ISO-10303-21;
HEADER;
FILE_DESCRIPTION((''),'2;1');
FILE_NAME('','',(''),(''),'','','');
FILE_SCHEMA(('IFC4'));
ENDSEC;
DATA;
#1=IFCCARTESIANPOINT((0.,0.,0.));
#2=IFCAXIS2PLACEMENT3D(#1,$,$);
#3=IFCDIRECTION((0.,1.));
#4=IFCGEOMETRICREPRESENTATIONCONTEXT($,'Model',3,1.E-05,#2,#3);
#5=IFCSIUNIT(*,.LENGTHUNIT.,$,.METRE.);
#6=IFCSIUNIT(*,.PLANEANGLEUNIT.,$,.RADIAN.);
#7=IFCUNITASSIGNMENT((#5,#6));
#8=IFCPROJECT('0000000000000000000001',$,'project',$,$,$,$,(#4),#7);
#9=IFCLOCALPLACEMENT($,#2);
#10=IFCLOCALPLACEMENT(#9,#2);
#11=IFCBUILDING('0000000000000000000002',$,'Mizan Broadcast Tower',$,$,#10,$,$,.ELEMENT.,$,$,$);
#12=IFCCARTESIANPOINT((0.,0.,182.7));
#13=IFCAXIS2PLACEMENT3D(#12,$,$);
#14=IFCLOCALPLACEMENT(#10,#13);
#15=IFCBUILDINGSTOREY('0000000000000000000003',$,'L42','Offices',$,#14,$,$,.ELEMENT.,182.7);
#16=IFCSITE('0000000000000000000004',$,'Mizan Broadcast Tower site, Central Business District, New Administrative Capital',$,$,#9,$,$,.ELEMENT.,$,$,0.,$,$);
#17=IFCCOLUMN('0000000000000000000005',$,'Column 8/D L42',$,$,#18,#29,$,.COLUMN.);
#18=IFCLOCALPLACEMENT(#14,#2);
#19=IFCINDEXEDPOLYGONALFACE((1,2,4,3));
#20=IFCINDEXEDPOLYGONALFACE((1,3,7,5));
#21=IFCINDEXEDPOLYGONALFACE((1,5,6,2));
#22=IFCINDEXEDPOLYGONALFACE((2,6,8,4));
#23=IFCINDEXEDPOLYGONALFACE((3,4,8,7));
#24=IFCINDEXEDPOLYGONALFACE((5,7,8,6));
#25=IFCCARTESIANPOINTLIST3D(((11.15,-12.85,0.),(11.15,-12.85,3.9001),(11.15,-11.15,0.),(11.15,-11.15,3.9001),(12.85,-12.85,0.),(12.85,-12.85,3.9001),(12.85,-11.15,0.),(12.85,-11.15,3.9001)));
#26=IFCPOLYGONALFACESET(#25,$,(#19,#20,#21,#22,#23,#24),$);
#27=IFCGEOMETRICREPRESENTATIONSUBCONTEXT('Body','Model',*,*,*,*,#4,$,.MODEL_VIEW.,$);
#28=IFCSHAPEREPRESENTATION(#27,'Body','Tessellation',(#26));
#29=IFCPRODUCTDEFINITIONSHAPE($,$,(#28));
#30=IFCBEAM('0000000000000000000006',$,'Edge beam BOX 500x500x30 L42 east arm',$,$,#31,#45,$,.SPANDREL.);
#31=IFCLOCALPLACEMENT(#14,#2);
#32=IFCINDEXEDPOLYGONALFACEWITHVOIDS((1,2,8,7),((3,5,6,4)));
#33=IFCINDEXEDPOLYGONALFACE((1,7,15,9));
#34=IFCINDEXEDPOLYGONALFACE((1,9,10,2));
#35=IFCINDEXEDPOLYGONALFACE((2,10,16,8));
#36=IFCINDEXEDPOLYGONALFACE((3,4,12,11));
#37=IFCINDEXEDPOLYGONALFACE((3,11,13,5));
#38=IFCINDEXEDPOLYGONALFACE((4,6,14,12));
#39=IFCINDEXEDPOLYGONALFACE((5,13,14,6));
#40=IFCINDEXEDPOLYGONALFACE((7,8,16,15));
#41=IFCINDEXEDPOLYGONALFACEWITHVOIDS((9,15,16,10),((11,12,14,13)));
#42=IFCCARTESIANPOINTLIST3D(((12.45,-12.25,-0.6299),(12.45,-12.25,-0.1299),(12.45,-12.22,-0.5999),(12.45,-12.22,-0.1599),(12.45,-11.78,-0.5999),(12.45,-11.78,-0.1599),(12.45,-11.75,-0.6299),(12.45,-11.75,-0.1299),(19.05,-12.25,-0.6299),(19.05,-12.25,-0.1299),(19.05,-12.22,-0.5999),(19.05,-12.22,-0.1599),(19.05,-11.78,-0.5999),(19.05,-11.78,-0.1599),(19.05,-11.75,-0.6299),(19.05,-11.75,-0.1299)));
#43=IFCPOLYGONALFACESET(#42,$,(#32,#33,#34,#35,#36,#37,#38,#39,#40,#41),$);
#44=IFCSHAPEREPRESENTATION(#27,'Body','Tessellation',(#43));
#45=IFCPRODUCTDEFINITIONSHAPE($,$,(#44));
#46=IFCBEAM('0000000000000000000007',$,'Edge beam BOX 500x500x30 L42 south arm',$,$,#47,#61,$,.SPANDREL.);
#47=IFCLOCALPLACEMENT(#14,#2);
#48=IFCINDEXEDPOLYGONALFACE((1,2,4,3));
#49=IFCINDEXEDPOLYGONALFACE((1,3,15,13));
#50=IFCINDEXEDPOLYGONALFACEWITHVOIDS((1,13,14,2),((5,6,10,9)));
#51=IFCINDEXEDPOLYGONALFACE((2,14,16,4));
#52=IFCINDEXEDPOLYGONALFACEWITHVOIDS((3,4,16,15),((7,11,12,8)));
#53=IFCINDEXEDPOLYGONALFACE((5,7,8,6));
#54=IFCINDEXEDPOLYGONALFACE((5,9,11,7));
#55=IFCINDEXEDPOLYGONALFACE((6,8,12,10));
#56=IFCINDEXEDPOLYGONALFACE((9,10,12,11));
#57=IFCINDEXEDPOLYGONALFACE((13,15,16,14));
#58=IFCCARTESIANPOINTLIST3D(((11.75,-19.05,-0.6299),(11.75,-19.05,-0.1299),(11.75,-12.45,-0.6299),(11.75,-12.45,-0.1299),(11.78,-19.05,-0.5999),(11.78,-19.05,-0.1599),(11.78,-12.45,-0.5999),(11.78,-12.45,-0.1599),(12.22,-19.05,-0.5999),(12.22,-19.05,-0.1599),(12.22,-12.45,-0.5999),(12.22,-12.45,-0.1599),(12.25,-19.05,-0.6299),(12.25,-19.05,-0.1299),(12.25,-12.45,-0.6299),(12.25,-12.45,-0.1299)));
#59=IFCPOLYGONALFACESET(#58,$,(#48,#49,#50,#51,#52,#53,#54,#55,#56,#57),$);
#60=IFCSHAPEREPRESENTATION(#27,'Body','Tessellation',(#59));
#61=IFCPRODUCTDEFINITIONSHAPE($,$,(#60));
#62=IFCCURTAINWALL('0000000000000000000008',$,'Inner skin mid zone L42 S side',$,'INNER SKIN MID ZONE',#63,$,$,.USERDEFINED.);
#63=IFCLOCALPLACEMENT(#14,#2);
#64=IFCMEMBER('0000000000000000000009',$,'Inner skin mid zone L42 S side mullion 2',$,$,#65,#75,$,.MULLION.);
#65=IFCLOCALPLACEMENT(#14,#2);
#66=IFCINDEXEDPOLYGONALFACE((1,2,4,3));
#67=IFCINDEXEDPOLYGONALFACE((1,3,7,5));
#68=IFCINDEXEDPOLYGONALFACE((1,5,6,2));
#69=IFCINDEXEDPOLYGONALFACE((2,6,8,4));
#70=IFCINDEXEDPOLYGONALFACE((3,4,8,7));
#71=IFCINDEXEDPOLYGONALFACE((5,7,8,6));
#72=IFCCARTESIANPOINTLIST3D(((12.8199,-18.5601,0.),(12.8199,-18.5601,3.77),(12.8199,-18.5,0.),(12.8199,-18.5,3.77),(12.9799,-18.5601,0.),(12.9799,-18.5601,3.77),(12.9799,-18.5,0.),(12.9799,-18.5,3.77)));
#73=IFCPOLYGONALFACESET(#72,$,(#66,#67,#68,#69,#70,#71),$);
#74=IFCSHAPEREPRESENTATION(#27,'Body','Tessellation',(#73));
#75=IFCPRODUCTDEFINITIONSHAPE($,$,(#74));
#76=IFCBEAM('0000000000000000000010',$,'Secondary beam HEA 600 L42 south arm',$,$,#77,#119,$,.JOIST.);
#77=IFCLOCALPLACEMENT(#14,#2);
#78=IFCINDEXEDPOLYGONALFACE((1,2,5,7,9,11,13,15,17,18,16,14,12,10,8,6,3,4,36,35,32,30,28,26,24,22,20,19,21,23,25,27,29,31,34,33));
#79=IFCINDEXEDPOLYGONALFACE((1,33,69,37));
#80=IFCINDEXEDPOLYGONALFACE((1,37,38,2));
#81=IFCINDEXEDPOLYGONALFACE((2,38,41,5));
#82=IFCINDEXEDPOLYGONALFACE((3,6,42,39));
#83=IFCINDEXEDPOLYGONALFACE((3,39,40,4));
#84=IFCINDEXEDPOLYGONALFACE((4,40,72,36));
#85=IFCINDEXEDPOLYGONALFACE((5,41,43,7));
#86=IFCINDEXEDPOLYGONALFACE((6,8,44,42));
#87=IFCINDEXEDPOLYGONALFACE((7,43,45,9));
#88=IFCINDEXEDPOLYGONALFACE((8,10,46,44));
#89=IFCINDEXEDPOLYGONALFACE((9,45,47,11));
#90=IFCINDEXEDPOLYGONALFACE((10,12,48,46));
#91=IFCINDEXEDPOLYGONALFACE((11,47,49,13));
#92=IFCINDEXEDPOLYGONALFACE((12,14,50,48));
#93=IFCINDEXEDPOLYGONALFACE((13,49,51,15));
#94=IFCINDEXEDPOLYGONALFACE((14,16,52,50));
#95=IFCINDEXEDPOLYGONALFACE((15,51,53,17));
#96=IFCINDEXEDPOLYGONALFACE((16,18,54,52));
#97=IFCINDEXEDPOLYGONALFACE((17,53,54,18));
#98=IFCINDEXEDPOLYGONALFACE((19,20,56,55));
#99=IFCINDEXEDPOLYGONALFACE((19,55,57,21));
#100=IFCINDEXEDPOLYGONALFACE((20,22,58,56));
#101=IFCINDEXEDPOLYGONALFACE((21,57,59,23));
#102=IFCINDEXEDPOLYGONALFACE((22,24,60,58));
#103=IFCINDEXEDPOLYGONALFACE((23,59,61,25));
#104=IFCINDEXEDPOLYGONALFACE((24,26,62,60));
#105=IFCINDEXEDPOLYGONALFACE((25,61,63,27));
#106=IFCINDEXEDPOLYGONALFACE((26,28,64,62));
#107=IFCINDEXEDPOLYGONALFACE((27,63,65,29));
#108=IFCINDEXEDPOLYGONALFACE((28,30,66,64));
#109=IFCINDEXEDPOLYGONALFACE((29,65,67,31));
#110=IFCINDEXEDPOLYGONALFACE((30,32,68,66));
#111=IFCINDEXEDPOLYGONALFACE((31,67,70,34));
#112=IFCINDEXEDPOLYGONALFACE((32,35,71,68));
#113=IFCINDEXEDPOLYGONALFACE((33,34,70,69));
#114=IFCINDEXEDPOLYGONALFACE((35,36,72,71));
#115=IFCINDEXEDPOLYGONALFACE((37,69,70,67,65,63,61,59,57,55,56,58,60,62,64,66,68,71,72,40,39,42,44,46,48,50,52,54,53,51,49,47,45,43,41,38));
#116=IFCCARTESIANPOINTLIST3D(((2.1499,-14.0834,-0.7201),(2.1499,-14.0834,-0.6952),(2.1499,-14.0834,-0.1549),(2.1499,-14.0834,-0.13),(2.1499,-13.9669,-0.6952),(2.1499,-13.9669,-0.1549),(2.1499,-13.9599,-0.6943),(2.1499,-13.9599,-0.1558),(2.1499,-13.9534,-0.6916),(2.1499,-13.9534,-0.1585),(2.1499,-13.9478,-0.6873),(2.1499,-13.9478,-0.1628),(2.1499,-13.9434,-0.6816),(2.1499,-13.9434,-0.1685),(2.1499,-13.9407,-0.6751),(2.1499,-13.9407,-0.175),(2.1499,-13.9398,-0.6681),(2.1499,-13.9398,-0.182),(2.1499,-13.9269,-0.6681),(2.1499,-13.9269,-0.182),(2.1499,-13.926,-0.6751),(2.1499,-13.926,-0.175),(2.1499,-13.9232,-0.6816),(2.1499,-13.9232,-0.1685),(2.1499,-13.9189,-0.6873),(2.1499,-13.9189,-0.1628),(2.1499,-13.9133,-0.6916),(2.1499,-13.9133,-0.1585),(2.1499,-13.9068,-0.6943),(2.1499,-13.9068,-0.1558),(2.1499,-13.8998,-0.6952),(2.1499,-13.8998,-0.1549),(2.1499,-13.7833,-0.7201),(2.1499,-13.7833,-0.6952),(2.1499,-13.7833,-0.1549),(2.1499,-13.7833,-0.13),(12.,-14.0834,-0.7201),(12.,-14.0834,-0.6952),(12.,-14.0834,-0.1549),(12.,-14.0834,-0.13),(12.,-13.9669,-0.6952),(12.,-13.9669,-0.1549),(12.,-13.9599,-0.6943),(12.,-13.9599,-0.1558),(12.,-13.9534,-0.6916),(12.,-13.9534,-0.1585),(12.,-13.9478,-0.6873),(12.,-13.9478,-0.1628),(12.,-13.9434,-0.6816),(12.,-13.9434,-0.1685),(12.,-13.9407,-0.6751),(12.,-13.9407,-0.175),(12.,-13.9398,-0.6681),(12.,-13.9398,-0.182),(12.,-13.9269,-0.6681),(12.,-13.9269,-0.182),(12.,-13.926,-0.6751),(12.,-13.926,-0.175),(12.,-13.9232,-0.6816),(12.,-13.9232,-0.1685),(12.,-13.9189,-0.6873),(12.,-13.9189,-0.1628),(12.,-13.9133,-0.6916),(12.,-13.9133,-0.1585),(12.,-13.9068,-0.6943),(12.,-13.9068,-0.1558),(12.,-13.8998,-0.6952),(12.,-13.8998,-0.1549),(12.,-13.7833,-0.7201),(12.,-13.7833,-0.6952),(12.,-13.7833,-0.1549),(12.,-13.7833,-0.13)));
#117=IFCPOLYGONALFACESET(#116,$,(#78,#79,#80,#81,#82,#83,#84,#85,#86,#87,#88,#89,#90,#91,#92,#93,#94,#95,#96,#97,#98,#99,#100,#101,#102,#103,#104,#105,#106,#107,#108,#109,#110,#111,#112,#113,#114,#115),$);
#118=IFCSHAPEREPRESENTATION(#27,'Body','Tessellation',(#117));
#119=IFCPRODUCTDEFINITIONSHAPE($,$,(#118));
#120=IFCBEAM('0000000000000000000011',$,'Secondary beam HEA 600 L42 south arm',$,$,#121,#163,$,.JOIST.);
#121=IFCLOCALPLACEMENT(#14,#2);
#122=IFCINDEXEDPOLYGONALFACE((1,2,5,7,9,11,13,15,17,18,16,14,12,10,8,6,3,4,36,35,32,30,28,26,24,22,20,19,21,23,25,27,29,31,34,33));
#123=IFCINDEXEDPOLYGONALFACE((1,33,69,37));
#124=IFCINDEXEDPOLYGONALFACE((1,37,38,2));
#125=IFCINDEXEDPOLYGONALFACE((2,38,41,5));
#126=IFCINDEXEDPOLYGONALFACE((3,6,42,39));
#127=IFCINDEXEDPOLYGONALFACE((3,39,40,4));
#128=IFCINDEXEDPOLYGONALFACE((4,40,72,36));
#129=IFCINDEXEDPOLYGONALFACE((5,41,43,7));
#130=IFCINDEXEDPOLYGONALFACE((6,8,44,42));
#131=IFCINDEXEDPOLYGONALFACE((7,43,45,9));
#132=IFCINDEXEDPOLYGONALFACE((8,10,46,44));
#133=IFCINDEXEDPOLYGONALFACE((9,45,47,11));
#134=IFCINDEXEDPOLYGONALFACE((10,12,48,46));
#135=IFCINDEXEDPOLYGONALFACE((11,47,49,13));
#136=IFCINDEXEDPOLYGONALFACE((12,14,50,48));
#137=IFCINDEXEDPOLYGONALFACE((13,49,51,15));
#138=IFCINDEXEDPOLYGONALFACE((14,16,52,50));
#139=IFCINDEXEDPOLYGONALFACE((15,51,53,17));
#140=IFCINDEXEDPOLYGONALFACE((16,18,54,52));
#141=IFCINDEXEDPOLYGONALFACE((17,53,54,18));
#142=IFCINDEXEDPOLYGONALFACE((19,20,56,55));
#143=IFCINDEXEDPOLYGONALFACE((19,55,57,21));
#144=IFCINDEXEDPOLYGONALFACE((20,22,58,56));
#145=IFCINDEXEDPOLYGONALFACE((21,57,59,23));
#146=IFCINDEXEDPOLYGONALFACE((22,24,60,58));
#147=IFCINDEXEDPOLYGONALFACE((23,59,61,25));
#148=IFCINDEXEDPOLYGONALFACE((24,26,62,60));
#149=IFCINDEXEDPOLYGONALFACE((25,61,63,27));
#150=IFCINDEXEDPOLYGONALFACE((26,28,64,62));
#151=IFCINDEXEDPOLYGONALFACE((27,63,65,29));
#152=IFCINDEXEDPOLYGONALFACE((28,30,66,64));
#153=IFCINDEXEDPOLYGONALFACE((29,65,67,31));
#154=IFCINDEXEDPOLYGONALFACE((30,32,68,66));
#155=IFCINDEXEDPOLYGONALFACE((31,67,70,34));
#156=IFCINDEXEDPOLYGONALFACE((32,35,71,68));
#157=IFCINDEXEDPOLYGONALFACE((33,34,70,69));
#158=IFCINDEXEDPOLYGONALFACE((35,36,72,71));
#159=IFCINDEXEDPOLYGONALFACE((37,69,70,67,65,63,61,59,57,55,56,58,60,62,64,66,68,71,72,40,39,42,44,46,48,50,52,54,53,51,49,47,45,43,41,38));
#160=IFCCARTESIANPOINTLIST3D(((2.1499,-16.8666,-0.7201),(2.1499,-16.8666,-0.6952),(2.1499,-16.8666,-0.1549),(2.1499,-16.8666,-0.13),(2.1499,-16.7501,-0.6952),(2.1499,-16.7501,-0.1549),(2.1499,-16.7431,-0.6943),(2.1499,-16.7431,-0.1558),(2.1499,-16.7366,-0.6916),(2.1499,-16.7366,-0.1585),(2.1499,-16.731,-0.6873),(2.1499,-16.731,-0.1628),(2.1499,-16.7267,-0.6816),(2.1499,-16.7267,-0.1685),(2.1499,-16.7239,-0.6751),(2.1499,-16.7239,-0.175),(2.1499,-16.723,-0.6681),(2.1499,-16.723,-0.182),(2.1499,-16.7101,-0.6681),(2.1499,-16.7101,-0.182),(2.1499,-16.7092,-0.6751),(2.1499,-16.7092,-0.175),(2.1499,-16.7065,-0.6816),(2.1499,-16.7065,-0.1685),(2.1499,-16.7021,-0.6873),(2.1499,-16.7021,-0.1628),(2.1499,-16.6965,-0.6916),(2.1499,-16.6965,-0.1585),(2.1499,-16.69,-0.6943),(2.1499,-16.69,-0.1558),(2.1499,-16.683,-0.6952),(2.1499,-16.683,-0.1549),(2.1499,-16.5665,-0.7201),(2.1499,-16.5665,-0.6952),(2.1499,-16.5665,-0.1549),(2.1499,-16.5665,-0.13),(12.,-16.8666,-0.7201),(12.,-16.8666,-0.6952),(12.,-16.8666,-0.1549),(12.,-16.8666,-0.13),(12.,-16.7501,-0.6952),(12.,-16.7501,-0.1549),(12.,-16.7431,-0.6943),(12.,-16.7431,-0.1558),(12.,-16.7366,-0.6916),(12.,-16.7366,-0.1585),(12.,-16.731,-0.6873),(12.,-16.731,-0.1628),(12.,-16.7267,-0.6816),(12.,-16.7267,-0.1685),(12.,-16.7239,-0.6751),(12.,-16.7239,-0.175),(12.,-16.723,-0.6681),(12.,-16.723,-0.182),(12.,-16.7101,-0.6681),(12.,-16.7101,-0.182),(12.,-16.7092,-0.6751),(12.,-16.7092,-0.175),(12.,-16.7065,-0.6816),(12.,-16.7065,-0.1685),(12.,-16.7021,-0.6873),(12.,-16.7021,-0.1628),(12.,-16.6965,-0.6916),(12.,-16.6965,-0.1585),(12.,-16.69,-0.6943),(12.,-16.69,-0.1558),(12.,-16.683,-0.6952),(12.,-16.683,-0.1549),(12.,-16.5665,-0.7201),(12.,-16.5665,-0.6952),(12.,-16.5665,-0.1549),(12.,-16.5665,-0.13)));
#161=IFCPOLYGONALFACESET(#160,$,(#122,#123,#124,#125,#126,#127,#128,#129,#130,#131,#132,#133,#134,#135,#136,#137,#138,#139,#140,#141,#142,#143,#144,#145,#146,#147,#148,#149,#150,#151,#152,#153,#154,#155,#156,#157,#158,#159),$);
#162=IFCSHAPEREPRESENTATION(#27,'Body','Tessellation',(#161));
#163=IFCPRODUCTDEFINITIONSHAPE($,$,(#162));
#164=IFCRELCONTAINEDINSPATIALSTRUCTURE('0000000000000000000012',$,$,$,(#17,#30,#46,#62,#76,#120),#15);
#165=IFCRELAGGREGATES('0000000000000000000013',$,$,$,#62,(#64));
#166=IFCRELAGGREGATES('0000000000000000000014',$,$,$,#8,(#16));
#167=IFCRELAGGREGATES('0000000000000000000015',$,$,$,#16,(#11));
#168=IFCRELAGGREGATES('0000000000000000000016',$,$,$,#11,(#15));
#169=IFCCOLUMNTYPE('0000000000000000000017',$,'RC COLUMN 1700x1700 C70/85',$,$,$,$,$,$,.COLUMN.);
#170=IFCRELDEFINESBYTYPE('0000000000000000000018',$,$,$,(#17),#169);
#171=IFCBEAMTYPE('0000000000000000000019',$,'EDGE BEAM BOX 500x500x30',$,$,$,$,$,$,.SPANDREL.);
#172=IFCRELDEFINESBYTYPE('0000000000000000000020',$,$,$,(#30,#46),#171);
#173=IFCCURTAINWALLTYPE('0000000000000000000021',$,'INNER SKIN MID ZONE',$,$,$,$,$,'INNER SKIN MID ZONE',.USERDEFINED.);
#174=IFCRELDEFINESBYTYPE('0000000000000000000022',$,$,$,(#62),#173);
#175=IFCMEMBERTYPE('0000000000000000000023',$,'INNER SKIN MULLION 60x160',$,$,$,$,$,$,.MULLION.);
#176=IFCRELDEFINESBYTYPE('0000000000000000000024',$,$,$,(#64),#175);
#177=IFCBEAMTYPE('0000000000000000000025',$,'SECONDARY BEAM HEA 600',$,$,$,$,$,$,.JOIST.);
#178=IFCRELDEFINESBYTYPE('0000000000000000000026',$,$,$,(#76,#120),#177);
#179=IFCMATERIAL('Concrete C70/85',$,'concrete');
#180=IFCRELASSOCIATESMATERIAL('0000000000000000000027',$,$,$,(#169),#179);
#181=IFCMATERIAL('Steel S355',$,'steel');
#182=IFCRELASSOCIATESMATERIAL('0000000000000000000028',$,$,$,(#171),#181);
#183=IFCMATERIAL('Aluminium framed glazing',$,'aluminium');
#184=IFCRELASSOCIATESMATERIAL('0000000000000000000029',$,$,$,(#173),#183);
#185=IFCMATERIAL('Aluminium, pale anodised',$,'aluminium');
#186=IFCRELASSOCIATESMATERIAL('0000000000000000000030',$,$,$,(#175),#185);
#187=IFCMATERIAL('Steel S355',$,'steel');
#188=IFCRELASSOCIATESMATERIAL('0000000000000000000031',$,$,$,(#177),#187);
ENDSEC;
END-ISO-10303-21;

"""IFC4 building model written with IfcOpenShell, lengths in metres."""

from ifc_helpers import new_model, si_unit, direction, frame, origin, origin_2d, place, context, subcontext, project, spatial, rectangle, hollow_rectangle, i_section, extrude, material, material_profile, profile_set, type_object, element, aggregate, save


model = new_model("IFC4")

# Units and contexts
model_context = context("Model", 3, precision=1e-05, world=origin(), true_north=direction((0.0, 1.0)))
body_context = subcontext(model_context, "Body", "Model", "MODEL_VIEW")
ifc_project = project(units=[si_unit("LENGTHUNIT", "METRE"), si_unit("PLANEANGLEUNIT", "RADIAN")], contexts=[model_context])

# Site, building, storey
site_placement = place(None, origin())
site = spatial("IfcSite", under=ifc_project, at=site_placement, Name="Mizan Broadcast Tower site, Central Business District, New Administrative Capital", CompositionType="ELEMENT", RefElevation=0.0)
building_placement = place(site_placement, origin())
building = spatial("IfcBuilding", under=site, at=building_placement, Name="Mizan Broadcast Tower", CompositionType="ELEMENT")
storey_placement = place(building_placement, frame((0.0, 0.0, 182.7)))
storey = spatial("IfcBuildingStorey", under=building, at=storey_placement, Name="L42", Description="Offices", CompositionType="ELEMENT", Elevation=182.7)

# Column
ifc_material_1 = material(Name="Concrete C70/85", Category="concrete")
ifc_material_profile_1 = material_profile(ifc_material_1, rectangle(XDim=1.7, YDim=1.7, at=origin_2d()), Name="RC 1700x1700")
ifc_profile_set_1 = profile_set([ifc_material_profile_1], Name="Concrete C70/85")
column_type = type_object("IfcColumnType", Name="RC COLUMN 1700x1700 C70/85", PredefinedType="COLUMN", material=ifc_profile_set_1)
column_placement = place(storey_placement, frame((12.0, -12.0, 0.0), z_axis=(0.0, 0.0, 1.0), x_axis=(1.0, 0.0, 0.0)))
element("IfcColumn", 1, at=column_placement, inside=storey, type_object=column_type, Name="Column 8/D L42", PredefinedType="COLUMN", context=body_context, shape_type="SweptSolid", body=[
    extrude(rectangle(XDim=1.7, YDim=1.7, at=origin_2d()), origin(), (0.0, 0.0, 1.0), 3.9001),
])

# Beams
ifc_material_2 = material(Name="Steel S355", Category="steel")
ifc_material_profile_2 = material_profile(ifc_material_2, hollow_rectangle(XDim=0.5, YDim=0.5, WallThickness=0.03, at=origin_2d()), Name="BOX 500x500x30")
ifc_profile_set_2 = profile_set([ifc_material_profile_2], Name="Steel S355")
beam_type_1 = type_object("IfcBeamType", Name="EDGE BEAM BOX 500x500x30", PredefinedType="SPANDREL", material=ifc_profile_set_2)
for number, where, z_axis, x_axis, name in (
    (2, (12.45, -12.0, -0.3799), (1.0, 0.0, 0.0), (0.0, 1.0, 0.0), "Edge beam BOX 500x500x30 L42 east arm"),
    (3, (12.0, -12.45, -0.3799), (0.0, -1.0, 0.0), (1.0, 0.0, 0.0), "Edge beam BOX 500x500x30 L42 south arm"),
):
    element("IfcBeam", number, at=place(storey_placement, frame(where, z_axis=z_axis, x_axis=x_axis)), inside=storey, type_object=beam_type_1, Name=name, PredefinedType="SPANDREL", context=body_context, shape_type="SweptSolid", body=[
        extrude(hollow_rectangle(XDim=0.5, YDim=0.5, WallThickness=0.03, at=origin_2d()), origin(), (0.0, 0.0, 1.0), 6.6001),
    ])

# Curtain wall, member
ifc_material_3 = material(Name="Aluminium framed glazing", Category="aluminium")
curtain_wall_type = type_object("IfcCurtainWallType", Name="INNER SKIN MID ZONE", ElementType="INNER SKIN MID ZONE", PredefinedType="USERDEFINED", material=ifc_material_3)
curtain_wall_placement = place(storey_placement, origin())
curtain_wall = element("IfcCurtainWall", 4, at=curtain_wall_placement, inside=storey, type_object=curtain_wall_type, Name="Inner skin mid zone L42 S side", ObjectType="INNER SKIN MID ZONE", PredefinedType="USERDEFINED")
ifc_material_4 = material(Name="Aluminium, pale anodised", Category="aluminium")
ifc_material_profile_3 = material_profile(ifc_material_4, rectangle(XDim=0.1599, YDim=0.0601, at=origin_2d()), Name="MULLION 160x60")
ifc_profile_set_3 = profile_set([ifc_material_profile_3], Name="Aluminium, pale anodised")
member_type = type_object("IfcMemberType", Name="INNER SKIN MULLION 60x160", PredefinedType="MULLION", material=ifc_profile_set_3)
member_placement = place(storey_placement, frame((12.8999, -18.53, 0.0), z_axis=(0.0, 0.0, 1.0), x_axis=(-1.0, 0.0, 0.0)))
member = element("IfcMember", 5, at=member_placement, type_object=member_type, Name="Inner skin mid zone L42 S side mullion 2", PredefinedType="MULLION", context=body_context, shape_type="SweptSolid", body=[
    extrude(rectangle(XDim=0.1599, YDim=0.0601, at=origin_2d()), origin(), (0.0, 0.0, 1.0), 3.77),
])
aggregate(curtain_wall, [member])

# Beams
ifc_material_5 = material(Name="Steel S355", Category="steel")
ifc_material_profile_4 = material_profile(ifc_material_5, i_section(OverallWidth=0.3, OverallDepth=0.5901, WebThickness=0.0129, FlangeThickness=0.0249, FilletRadius=0.0271, at=origin_2d()), Name="HEA 600")
ifc_profile_set_4 = profile_set([ifc_material_profile_4], Name="Steel S355")
beam_type_2 = type_object("IfcBeamType", Name="SECONDARY BEAM HEA 600", PredefinedType="JOIST", material=ifc_profile_set_4)
for number, where, z_axis, x_axis, name in (
    (6, (12.0, -13.9333, -0.425), (-1.0, 0.0, 0.0), (0.0, -1.0, 0.0), "Secondary beam HEA 600 L42 south arm"),
    (7, (12.0, -16.7166, -0.425), (-1.0, 0.0, 0.0), (0.0, -1.0, 0.0), "Secondary beam HEA 600 L42 south arm"),
):
    element("IfcBeam", number, at=place(storey_placement, frame(where, z_axis=z_axis, x_axis=x_axis)), inside=storey, type_object=beam_type_2, Name=name, PredefinedType="JOIST", context=body_context, shape_type="SweptSolid", body=[
        extrude(i_section(OverallWidth=0.3, OverallDepth=0.5901, WebThickness=0.0129, FlangeThickness=0.0249, FilletRadius=0.0271, at=origin_2d()), origin(), (0.0, 0.0, 1.0), 9.8501),
    ])

save(model, "model.ifc")
